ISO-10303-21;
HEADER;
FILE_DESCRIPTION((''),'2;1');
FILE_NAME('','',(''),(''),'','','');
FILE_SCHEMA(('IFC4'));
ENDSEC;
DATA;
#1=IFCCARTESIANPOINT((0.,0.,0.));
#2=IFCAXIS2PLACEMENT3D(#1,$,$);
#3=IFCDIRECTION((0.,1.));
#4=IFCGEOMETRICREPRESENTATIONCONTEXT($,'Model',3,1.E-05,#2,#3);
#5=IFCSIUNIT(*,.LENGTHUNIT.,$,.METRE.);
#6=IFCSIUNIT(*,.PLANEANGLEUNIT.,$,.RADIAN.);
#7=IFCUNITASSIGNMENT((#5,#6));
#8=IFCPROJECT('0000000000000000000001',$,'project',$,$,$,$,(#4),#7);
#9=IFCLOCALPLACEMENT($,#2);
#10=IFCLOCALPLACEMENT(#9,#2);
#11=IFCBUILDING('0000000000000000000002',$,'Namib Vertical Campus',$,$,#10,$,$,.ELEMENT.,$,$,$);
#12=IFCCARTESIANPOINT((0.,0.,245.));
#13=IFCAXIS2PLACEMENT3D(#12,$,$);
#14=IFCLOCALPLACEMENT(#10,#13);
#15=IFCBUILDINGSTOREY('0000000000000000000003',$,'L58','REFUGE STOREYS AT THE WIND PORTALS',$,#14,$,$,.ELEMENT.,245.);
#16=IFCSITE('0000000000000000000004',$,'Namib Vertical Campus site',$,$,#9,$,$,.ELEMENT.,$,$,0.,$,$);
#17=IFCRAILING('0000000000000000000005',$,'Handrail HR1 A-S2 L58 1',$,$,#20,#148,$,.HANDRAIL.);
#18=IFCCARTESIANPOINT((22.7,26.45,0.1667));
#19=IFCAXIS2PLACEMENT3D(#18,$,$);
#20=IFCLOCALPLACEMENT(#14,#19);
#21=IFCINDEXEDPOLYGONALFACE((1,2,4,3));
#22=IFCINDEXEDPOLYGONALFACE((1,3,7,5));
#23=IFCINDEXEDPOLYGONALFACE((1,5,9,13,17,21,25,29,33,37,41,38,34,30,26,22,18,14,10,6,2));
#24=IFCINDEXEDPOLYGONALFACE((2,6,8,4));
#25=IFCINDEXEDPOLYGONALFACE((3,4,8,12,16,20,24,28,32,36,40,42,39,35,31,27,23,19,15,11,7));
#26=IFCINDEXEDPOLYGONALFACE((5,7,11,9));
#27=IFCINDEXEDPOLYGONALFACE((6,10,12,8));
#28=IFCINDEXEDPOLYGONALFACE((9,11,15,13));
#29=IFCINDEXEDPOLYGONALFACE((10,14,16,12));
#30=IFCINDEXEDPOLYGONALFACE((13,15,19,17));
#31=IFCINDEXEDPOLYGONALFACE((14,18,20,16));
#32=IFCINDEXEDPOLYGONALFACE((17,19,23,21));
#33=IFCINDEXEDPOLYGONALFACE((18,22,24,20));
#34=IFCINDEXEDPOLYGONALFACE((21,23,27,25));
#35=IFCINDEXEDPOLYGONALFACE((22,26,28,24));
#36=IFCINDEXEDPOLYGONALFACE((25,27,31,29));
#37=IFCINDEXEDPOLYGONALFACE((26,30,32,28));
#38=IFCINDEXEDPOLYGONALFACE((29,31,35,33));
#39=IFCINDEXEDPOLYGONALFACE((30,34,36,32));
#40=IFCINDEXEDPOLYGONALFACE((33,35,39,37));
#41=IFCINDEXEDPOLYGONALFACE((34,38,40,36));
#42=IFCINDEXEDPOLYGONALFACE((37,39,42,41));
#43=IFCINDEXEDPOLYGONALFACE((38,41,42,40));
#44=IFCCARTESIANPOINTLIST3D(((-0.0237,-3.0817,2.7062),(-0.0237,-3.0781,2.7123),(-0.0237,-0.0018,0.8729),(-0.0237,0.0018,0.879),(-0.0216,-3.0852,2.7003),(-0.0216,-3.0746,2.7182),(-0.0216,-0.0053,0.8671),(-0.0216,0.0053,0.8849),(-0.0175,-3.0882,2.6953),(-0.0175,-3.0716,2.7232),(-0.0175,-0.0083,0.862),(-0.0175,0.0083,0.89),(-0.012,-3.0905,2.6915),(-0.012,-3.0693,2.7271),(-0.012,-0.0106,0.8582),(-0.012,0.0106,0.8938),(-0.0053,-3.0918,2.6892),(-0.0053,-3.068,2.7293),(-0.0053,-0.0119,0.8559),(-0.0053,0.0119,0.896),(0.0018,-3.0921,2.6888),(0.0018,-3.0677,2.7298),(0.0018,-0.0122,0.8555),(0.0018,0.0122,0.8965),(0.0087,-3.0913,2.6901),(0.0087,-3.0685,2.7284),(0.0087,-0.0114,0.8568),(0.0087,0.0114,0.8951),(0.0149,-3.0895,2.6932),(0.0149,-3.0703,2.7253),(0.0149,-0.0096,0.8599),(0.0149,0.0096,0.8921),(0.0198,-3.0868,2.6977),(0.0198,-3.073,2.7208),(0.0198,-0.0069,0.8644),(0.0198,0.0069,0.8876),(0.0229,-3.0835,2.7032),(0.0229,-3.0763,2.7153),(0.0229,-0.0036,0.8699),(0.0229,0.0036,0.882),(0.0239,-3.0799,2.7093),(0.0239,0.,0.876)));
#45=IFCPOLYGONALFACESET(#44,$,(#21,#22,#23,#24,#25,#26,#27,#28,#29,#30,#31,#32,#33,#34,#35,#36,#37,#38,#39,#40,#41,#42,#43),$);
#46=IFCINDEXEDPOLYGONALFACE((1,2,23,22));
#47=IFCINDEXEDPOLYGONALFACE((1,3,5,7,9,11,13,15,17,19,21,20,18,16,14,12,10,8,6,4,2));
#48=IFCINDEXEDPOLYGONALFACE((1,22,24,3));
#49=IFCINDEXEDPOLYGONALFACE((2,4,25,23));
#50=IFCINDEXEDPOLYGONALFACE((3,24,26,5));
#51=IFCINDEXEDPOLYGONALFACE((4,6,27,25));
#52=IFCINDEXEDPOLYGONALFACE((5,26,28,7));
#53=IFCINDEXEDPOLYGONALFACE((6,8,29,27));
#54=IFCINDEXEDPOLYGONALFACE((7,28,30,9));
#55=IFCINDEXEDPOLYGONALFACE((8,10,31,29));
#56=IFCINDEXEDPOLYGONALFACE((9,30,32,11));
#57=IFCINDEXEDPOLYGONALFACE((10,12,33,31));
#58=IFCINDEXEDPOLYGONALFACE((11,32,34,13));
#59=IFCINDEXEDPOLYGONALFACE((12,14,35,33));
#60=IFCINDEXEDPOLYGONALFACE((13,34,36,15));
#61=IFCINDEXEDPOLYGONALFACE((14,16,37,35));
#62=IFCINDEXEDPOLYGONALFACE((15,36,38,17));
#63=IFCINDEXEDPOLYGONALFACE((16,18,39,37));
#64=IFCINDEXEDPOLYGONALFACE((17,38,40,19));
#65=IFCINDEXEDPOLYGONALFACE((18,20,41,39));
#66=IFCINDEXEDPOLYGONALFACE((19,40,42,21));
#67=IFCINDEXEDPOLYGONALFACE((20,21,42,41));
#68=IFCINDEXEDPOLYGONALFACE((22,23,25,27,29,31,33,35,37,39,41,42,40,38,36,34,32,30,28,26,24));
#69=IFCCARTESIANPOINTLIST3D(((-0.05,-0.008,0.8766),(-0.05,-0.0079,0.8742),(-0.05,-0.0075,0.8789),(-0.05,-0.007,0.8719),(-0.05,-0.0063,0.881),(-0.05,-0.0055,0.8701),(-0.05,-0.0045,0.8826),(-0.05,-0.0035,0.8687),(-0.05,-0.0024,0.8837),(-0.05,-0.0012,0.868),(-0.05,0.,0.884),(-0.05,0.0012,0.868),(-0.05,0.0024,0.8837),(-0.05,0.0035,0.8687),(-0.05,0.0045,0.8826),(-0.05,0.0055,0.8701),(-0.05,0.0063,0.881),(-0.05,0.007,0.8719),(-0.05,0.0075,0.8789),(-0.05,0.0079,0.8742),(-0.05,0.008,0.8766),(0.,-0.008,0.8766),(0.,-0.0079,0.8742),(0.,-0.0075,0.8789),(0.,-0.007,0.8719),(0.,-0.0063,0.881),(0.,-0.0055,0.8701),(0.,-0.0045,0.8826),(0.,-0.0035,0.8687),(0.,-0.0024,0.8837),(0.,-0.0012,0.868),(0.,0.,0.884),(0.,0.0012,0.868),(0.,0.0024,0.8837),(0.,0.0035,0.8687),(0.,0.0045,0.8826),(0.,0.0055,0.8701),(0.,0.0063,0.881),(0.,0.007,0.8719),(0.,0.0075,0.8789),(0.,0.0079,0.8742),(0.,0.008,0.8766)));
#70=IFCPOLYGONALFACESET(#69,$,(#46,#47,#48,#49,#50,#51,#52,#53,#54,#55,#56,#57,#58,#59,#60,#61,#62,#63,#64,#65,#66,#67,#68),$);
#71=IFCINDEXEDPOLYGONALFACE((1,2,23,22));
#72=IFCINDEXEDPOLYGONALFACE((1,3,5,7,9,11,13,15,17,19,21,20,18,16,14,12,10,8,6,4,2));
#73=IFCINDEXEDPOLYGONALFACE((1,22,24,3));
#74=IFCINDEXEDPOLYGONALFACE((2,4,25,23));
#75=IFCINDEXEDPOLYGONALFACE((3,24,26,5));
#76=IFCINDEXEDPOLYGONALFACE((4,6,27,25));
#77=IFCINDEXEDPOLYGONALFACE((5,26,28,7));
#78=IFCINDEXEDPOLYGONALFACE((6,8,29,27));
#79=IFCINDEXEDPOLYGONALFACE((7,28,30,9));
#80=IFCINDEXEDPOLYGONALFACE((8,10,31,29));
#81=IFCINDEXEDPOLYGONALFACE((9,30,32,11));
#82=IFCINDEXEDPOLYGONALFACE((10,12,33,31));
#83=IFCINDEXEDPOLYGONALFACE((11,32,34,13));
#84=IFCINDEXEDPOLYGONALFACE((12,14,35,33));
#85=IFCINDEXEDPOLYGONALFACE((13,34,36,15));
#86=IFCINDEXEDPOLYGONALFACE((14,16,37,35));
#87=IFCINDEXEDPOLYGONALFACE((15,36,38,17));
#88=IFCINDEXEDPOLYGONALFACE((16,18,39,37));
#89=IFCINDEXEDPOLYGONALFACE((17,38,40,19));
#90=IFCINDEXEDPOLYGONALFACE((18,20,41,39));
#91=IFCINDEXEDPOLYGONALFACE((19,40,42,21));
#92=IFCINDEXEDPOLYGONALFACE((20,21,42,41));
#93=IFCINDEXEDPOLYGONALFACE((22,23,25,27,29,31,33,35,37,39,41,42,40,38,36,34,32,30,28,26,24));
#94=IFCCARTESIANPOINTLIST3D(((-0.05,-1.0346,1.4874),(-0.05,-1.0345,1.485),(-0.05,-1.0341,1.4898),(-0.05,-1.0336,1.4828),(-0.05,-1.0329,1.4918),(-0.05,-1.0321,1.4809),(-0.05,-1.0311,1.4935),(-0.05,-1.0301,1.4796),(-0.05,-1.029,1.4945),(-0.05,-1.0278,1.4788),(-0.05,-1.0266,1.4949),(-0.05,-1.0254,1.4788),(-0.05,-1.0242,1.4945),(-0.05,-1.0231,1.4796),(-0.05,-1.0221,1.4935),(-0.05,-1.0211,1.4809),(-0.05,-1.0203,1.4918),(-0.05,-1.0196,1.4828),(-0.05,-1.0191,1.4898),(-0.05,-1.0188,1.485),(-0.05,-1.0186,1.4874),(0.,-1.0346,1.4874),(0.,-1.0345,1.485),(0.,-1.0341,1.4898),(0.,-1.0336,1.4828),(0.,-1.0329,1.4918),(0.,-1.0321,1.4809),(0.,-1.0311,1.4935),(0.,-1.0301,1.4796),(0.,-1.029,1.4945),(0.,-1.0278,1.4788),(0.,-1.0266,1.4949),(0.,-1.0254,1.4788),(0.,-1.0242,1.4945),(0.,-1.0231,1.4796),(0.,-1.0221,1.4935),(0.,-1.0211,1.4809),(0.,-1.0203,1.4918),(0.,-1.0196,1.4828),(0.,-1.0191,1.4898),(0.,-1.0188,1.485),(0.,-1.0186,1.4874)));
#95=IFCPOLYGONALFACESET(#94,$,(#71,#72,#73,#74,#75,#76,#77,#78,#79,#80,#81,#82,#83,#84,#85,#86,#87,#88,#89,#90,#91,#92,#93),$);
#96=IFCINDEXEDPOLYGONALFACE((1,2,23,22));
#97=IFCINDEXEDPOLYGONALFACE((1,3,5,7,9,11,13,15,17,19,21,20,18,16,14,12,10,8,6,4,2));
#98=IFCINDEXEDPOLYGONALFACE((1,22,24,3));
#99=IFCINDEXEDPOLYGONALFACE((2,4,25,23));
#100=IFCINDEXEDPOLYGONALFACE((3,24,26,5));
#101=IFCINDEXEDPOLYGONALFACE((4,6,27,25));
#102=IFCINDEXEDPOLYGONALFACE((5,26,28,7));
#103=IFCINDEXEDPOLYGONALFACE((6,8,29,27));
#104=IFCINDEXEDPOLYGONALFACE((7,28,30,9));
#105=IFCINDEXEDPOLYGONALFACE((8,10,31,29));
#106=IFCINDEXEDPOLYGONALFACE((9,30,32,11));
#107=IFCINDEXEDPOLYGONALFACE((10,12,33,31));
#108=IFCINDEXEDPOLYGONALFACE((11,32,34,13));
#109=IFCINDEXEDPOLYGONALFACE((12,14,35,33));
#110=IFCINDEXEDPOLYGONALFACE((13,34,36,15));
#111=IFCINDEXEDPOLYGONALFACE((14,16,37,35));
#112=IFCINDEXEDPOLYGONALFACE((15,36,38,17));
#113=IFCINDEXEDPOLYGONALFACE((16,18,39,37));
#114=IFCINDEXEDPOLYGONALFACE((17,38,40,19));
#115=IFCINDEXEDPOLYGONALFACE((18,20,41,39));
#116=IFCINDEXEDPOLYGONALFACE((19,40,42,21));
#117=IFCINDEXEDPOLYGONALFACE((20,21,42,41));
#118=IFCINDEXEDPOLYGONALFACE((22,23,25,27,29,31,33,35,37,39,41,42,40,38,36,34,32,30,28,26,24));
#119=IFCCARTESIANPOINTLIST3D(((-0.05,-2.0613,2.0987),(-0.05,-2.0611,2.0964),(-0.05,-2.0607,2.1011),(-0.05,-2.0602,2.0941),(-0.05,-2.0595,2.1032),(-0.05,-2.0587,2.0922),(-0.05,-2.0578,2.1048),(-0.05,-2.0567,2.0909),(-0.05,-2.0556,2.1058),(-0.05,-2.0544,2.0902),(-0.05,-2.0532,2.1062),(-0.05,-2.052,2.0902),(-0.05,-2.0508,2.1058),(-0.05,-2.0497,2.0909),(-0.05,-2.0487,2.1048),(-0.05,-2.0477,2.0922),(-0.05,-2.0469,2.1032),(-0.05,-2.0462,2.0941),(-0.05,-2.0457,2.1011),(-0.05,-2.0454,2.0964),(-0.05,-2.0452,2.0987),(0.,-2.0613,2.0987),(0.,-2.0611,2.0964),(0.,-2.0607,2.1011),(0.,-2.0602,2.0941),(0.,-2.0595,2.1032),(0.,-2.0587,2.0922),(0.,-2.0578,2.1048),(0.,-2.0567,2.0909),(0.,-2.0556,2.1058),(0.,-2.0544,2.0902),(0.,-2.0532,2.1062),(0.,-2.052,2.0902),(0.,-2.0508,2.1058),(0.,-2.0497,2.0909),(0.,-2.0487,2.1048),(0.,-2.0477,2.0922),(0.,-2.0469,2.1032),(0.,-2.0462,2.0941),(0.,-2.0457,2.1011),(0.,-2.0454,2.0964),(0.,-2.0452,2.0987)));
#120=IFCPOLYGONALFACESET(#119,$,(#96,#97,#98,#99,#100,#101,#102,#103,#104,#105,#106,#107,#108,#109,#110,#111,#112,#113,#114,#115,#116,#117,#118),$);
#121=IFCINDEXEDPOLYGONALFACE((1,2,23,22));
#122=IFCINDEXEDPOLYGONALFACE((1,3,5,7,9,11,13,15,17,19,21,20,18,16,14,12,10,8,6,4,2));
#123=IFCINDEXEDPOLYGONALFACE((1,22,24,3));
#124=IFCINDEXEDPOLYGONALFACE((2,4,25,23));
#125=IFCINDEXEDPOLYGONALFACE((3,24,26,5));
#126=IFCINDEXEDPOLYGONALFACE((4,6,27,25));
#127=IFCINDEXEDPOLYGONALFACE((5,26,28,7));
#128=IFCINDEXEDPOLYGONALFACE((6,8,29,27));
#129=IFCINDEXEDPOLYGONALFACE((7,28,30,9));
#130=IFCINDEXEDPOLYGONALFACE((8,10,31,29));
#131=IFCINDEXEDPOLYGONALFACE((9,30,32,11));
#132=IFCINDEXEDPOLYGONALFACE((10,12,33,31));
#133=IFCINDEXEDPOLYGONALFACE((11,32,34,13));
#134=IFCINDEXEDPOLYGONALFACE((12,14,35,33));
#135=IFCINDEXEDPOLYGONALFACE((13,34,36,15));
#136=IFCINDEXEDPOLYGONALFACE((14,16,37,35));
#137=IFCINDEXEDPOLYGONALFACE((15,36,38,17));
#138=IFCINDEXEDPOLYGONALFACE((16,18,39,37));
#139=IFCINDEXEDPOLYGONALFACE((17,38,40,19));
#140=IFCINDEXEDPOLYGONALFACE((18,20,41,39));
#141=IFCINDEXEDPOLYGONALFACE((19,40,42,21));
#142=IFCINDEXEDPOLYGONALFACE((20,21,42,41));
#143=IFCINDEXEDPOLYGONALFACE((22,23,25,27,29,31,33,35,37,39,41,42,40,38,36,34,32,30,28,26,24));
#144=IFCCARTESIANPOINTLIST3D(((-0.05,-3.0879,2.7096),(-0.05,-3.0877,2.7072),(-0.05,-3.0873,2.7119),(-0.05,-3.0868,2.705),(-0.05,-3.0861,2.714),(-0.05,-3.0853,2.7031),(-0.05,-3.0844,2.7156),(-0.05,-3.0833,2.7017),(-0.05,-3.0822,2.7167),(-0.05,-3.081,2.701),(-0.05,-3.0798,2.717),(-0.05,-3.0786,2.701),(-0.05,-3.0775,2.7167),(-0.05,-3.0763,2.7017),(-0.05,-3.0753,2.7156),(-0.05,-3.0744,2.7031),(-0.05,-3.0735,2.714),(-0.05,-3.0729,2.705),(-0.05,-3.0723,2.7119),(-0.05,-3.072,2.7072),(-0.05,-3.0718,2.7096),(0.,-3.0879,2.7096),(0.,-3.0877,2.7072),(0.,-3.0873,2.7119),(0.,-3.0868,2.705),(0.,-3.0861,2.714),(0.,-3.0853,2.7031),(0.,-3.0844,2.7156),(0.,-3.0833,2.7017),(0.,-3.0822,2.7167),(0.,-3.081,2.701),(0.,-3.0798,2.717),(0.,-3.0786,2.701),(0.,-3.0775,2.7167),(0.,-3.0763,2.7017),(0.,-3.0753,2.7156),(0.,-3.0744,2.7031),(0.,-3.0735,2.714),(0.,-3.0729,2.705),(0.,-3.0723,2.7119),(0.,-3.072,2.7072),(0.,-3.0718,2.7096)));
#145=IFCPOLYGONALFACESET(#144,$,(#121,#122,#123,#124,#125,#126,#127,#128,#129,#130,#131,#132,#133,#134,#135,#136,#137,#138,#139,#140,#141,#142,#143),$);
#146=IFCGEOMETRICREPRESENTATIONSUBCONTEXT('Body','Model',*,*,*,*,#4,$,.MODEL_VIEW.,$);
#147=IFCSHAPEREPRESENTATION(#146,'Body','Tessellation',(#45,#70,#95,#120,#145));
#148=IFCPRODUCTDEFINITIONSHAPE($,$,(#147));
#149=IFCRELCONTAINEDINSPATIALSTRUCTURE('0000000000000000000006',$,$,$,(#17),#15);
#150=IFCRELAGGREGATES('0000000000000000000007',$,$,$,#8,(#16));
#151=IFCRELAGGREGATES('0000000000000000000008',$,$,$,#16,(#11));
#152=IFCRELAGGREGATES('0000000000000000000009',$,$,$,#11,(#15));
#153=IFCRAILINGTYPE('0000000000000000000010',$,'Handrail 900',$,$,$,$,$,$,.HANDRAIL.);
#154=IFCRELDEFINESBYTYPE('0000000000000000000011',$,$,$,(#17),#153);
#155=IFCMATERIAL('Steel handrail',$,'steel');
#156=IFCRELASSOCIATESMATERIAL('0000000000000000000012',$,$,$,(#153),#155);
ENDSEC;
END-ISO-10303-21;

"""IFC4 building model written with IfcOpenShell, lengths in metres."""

from ifc_helpers import new_model, si_unit, direction, frame, origin, origin_2d, place, context, subcontext, project, spatial, circle, extrude, material, type_object, element, save


model = new_model("IFC4")

# Units and contexts
model_context = context("Model", 3, precision=1e-05, world=origin(), true_north=direction((0.0, 1.0)))
body_context = subcontext(model_context, "Body", "Model", "MODEL_VIEW")
ifc_project = project(units=[si_unit("LENGTHUNIT", "METRE"), si_unit("PLANEANGLEUNIT", "RADIAN")], contexts=[model_context])

# Site, building, storey
site_placement = place(None, origin())
site = spatial("IfcSite", under=ifc_project, at=site_placement, Name="Namib Vertical Campus site", CompositionType="ELEMENT", RefElevation=0.0)
building_placement = place(site_placement, origin())
building = spatial("IfcBuilding", under=site, at=building_placement, Name="Namib Vertical Campus", CompositionType="ELEMENT")
storey_placement = place(building_placement, frame((0.0, 0.0, 245.0)))
storey = spatial("IfcBuildingStorey", under=building, at=storey_placement, Name="L58", Description="REFUGE STOREYS AT THE WIND PORTALS", CompositionType="ELEMENT", Elevation=245.0)

# Railing
ifc_material_1 = material(Name="Steel handrail", Category="steel")
railing_type_1 = type_object("IfcRailingType", Name="Handrail 900", PredefinedType="HANDRAIL", material=ifc_material_1)
railing_1_placement = place(storey_placement, frame((22.7, 26.45, 0.1667)))
element("IfcRailing", 1, at=railing_1_placement, inside=storey, type_object=railing_type_1, Name="Handrail HR1 A-S2 L58 1", PredefinedType="HANDRAIL", context=body_context, shape_type="SweptSolid", body=[
    extrude(circle(Radius=0.0239, at=origin_2d()), frame((0.0, 0.0, 0.876), z_axis=(0.0, -0.859291, 0.511487), x_axis=(1.0, 0.0, 0.0)), (0.0, 0.0, 1.0), 3.5842),
    extrude(circle(Radius=0.0081, at=origin_2d()), frame((0.0, 0.0, 0.876), z_axis=(-1.0, 0.0, 0.0), x_axis=(0.0, 0.0, 1.0)), (0.0, 0.0, 1.0), 0.05),
    extrude(circle(Radius=0.0081, at=origin_2d()), frame((0.0, -1.0266, 1.4868), z_axis=(-1.0, 0.0, 0.0), x_axis=(0.0, 0.0, 1.0)), (0.0, 0.0, 1.0), 0.05),
    extrude(circle(Radius=0.0081, at=origin_2d()), frame((0.0, -2.0532, 2.0981), z_axis=(-1.0, 0.0, 0.0), x_axis=(0.0, 0.0, 1.0)), (0.0, 0.0, 1.0), 0.05),
    extrude(circle(Radius=0.0081, at=origin_2d()), frame((0.0, -3.0798, 2.709), z_axis=(-1.0, 0.0, 0.0), x_axis=(0.0, 0.0, 1.0)), (0.0, 0.0, 1.0), 0.05),
])

save(model, "model.ifc")
